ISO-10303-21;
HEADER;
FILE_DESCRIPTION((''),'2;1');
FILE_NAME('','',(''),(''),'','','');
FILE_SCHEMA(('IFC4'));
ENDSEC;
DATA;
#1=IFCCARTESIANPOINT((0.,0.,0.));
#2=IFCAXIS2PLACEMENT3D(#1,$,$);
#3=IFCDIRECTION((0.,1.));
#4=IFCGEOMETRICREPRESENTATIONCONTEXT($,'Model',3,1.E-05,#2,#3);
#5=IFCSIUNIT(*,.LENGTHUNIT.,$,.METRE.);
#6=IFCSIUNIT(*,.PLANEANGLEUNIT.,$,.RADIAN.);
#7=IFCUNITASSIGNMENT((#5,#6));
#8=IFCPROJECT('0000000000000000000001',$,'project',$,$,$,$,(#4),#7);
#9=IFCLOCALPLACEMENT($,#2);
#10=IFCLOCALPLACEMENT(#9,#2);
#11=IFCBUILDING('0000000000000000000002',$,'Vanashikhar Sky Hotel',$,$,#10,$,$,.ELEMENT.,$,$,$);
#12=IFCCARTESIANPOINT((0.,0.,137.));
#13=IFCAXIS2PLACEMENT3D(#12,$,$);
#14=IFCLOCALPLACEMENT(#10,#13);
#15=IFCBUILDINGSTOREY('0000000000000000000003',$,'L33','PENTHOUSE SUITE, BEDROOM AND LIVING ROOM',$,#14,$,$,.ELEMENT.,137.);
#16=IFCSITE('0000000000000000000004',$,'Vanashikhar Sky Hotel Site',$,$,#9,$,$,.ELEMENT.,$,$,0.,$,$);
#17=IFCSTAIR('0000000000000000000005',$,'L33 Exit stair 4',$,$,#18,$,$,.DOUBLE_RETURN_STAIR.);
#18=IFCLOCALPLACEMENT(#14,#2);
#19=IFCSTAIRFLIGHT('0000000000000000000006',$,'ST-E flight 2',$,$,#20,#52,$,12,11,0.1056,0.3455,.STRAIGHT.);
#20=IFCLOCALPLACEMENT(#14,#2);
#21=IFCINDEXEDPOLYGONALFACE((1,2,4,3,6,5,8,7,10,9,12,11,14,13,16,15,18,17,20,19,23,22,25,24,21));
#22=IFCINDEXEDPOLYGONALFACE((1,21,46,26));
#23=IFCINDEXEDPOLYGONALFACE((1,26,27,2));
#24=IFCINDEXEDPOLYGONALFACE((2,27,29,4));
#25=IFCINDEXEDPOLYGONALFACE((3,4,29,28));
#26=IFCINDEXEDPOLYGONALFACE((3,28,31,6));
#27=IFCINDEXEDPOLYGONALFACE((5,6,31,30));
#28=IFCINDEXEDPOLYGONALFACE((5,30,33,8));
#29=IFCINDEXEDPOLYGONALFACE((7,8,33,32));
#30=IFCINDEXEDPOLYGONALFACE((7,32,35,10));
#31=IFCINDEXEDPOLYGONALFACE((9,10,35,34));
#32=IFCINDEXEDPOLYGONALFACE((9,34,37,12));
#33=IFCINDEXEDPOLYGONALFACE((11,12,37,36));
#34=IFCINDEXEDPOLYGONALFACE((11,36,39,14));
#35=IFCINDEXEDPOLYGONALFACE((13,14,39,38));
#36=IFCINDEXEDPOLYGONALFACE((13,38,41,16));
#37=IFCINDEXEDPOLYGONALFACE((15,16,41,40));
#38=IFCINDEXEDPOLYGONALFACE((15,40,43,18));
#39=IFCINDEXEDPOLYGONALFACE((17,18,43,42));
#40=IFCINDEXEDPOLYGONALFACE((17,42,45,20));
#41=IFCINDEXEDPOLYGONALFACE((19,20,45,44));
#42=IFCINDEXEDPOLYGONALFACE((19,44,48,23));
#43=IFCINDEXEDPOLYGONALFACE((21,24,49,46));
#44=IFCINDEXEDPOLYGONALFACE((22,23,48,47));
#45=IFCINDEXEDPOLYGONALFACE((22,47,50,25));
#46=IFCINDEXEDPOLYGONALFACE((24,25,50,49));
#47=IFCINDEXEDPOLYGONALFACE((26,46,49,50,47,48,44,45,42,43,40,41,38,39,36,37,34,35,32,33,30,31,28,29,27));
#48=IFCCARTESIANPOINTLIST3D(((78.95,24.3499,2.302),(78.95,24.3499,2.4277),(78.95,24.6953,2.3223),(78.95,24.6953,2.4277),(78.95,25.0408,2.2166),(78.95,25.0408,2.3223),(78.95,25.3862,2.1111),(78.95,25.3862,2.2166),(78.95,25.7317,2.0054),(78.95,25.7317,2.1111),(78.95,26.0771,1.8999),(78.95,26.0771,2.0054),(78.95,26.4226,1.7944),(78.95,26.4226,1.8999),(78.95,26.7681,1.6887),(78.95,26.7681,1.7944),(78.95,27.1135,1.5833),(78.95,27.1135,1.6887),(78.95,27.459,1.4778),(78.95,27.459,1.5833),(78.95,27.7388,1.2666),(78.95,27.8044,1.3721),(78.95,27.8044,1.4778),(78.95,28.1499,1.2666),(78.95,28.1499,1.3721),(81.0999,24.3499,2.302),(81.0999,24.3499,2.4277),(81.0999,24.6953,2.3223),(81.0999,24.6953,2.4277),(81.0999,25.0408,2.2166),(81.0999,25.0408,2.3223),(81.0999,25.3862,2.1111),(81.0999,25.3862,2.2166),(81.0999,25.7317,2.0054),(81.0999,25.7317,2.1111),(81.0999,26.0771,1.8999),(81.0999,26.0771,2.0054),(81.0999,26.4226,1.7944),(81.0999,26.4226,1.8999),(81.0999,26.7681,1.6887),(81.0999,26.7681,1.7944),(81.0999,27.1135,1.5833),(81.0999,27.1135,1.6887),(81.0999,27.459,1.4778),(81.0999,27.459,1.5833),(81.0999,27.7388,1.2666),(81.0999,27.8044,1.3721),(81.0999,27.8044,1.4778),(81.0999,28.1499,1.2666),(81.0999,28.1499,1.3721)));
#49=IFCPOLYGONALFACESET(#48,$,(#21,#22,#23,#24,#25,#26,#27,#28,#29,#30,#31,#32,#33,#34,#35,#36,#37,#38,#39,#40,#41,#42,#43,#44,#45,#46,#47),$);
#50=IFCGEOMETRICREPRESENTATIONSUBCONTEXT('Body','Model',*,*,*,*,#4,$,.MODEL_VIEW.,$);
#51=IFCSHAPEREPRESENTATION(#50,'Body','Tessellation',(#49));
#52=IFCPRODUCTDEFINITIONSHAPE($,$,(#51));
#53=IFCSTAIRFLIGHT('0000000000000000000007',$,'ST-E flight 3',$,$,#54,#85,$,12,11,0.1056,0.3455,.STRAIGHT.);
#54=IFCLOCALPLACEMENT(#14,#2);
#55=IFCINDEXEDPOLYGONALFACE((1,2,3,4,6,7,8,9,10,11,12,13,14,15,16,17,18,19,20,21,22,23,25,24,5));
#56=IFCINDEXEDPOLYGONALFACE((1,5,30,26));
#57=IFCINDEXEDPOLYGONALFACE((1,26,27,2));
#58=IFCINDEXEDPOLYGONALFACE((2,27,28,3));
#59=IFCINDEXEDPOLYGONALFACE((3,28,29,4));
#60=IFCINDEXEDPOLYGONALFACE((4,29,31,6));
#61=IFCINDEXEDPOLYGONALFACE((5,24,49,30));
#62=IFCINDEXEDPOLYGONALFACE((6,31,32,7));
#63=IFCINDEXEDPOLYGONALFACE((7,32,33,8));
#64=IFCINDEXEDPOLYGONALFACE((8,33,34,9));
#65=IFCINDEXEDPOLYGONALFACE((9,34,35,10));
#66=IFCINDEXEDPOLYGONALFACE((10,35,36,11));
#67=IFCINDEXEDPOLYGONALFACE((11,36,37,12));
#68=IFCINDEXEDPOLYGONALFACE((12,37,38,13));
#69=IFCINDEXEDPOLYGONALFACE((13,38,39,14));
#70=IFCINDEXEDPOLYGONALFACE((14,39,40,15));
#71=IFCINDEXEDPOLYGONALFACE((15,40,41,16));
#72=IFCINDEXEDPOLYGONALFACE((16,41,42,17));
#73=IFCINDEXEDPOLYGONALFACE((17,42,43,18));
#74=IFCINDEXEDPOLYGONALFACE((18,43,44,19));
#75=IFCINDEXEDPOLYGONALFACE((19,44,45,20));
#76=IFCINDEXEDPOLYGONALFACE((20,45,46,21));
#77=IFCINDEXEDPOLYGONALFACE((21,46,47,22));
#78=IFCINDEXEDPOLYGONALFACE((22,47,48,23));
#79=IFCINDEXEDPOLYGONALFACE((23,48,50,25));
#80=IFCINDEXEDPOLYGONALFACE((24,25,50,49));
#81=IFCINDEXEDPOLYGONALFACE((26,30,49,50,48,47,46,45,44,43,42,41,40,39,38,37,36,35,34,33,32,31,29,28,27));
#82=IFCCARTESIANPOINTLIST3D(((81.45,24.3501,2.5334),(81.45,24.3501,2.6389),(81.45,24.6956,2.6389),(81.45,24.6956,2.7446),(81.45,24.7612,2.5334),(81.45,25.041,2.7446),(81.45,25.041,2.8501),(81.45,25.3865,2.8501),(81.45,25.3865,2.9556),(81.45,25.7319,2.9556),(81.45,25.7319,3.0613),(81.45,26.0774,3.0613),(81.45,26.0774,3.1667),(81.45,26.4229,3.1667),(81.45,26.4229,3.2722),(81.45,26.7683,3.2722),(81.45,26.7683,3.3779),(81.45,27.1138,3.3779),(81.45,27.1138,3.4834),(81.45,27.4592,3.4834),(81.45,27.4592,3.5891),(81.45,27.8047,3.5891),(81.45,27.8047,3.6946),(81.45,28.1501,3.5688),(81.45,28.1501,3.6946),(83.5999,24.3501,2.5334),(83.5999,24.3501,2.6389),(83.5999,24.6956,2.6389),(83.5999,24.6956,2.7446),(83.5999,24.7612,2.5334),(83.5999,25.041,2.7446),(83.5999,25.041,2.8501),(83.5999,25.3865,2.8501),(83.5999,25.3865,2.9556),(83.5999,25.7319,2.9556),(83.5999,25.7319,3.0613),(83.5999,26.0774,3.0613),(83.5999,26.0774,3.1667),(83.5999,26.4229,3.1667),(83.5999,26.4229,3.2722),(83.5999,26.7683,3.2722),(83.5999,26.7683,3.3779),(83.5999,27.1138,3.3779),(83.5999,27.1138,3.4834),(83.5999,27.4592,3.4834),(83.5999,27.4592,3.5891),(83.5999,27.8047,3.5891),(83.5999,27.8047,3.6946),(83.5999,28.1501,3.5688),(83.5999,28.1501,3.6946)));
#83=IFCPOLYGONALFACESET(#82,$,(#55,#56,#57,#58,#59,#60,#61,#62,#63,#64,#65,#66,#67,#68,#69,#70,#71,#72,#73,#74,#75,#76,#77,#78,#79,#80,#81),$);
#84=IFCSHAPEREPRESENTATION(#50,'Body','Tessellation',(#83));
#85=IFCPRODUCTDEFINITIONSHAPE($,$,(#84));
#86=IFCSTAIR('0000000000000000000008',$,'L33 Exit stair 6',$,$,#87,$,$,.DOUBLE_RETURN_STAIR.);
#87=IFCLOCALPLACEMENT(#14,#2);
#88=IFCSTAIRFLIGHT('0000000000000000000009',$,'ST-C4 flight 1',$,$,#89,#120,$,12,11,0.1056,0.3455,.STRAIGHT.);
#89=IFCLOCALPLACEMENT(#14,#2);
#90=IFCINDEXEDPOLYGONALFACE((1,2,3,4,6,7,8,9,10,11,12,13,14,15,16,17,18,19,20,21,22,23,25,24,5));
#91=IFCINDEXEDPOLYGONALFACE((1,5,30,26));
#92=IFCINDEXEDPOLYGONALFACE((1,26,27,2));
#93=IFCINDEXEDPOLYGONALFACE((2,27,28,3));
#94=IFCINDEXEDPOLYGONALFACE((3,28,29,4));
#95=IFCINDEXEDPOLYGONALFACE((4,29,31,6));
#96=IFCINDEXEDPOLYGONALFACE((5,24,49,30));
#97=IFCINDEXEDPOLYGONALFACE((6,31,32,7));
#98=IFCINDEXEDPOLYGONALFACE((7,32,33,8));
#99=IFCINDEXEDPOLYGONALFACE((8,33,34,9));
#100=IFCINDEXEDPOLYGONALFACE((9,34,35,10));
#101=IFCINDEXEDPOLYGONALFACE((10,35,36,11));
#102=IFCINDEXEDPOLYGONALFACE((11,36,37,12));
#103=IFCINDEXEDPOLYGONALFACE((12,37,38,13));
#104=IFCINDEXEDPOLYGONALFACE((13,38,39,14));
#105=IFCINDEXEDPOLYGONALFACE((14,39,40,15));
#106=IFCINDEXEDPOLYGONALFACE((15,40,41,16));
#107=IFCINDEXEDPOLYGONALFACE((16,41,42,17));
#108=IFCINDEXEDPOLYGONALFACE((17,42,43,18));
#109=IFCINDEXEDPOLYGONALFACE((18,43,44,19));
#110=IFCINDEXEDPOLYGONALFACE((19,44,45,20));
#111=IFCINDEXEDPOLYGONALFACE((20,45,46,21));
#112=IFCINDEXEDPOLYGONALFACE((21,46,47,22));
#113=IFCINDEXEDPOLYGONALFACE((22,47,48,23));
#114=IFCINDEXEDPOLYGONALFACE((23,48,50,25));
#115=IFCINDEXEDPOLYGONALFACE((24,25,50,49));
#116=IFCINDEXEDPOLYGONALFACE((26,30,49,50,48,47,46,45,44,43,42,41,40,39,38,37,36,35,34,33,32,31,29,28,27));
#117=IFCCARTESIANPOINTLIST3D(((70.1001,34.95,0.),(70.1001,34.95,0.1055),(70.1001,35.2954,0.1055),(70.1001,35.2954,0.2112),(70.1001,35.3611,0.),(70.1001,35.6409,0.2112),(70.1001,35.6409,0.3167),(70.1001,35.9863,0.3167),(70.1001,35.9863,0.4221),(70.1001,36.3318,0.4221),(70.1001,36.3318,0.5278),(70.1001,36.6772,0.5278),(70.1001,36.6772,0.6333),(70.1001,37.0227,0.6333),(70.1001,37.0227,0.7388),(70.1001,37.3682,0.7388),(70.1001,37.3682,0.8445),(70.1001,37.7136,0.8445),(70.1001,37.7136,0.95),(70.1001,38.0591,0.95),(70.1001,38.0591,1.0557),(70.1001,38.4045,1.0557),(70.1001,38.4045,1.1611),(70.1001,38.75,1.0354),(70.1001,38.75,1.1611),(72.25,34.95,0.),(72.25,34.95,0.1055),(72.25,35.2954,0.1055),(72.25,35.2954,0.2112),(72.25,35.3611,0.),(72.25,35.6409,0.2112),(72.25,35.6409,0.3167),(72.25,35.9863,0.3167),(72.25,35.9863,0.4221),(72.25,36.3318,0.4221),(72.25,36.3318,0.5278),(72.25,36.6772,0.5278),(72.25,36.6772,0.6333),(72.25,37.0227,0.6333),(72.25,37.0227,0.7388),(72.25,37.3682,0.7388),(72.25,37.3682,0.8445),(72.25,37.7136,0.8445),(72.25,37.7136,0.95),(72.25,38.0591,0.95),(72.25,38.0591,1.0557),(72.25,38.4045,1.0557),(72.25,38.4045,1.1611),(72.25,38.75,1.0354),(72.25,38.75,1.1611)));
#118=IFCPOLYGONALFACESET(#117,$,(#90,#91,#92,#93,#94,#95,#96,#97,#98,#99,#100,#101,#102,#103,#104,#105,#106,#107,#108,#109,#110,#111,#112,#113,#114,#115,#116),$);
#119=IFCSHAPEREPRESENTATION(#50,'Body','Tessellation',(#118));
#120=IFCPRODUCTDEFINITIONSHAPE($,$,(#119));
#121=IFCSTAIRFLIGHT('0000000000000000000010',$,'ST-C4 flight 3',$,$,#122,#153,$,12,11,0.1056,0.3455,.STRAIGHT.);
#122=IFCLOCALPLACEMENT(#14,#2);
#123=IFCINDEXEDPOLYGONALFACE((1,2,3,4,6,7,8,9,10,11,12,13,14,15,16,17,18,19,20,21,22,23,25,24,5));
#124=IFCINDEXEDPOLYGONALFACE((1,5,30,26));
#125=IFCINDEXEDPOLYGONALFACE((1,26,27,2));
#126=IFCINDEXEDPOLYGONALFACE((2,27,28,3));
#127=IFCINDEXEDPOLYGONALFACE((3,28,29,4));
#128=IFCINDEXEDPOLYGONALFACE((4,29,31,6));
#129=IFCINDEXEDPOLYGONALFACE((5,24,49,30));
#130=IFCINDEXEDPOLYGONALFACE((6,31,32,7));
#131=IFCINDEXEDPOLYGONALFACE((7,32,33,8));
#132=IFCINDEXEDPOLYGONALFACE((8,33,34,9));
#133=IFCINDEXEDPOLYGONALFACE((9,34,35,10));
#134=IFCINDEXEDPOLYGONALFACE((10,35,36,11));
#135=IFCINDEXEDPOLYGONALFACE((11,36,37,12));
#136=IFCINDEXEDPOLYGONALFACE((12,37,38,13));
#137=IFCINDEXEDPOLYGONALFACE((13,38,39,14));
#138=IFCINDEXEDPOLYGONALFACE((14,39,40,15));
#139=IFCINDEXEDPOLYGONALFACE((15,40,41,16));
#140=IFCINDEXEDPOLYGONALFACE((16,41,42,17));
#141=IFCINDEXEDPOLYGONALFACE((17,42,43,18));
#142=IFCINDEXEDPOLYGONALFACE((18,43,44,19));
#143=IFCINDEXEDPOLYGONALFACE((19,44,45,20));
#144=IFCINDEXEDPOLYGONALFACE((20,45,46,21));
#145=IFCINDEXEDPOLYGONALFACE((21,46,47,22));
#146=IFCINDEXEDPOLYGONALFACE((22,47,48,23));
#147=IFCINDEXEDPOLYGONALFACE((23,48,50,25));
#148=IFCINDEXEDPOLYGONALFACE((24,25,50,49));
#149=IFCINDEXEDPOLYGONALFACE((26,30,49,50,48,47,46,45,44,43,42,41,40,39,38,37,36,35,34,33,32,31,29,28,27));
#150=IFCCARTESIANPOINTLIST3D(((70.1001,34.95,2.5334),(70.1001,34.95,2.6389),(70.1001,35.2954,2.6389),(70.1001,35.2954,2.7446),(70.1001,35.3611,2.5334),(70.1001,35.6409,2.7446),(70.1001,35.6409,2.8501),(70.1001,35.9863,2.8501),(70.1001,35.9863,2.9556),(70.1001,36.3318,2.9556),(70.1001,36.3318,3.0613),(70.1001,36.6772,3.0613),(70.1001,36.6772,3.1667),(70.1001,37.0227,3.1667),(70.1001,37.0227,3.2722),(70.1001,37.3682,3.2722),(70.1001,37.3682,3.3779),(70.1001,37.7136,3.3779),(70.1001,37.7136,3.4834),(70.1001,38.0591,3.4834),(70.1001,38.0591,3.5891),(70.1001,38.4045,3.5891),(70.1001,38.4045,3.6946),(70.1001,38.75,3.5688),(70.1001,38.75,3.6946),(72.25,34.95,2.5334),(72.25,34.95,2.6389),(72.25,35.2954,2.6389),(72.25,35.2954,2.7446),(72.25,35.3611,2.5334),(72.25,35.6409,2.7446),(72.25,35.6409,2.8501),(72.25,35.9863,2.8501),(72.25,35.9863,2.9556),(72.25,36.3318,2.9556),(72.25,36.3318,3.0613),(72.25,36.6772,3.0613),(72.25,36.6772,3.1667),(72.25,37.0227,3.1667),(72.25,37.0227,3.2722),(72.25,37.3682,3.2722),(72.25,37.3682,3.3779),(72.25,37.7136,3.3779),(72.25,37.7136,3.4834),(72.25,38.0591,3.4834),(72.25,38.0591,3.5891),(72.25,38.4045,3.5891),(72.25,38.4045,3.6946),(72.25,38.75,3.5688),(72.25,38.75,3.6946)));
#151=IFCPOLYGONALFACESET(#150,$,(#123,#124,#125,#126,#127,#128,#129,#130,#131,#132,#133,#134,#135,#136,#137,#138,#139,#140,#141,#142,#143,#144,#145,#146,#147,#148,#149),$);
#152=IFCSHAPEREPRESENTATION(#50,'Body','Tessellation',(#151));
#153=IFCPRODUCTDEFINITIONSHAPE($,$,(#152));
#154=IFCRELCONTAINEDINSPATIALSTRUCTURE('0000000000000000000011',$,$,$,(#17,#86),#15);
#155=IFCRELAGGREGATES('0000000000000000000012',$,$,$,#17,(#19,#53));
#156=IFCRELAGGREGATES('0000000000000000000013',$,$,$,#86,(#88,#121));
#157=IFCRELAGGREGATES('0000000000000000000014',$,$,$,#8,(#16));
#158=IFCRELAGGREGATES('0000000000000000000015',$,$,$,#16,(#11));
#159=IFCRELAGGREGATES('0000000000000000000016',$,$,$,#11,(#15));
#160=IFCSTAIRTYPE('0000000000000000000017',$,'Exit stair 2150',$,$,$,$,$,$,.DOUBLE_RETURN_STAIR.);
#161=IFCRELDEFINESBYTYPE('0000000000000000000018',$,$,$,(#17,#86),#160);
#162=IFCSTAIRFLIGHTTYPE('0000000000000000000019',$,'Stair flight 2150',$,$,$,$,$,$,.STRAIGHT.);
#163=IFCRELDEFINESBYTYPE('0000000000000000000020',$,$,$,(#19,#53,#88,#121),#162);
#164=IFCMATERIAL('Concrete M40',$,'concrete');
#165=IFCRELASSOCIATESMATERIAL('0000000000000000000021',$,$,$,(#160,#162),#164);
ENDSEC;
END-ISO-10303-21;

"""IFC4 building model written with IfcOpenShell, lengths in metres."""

from ifc_helpers import new_model, si_unit, direction, frame, origin, place, context, subcontext, project, spatial, polyline, outline, extrude, source, transform, mapped, material, type_object, element, aggregate, save


model = new_model("IFC4")

# Units and contexts
model_context = context("Model", 3, precision=1e-05, world=origin(), true_north=direction((0.0, 1.0)))
body_context = subcontext(model_context, "Body", "Model", "MODEL_VIEW")
ifc_project = project(units=[si_unit("LENGTHUNIT", "METRE"), si_unit("PLANEANGLEUNIT", "RADIAN")], contexts=[model_context])

# Site, building, storey
site_placement = place(None, origin())
site = spatial("IfcSite", under=ifc_project, at=site_placement, Name="Vanashikhar Sky Hotel Site", CompositionType="ELEMENT", RefElevation=0.0)
building_placement = place(site_placement, origin())
building = spatial("IfcBuilding", under=site, at=building_placement, Name="Vanashikhar Sky Hotel", CompositionType="ELEMENT")
storey_placement = place(building_placement, frame((0.0, 0.0, 137.0)))
storey = spatial("IfcBuildingStorey", under=building, at=storey_placement, Name="L33", Description="PENTHOUSE SUITE, BEDROOM AND LIVING ROOM", CompositionType="ELEMENT", Elevation=137.0)

# Shared definitions
ifc_material_1 = material(Name="Concrete M40", Category="concrete")

# Stairs, stair flights
stair_type = type_object("IfcStairType", Name="Exit stair 2150", PredefinedType="DOUBLE_RETURN_STAIR", material=ifc_material_1)
stair_flight_type = type_object("IfcStairFlightType", Name="Stair flight 2150", PredefinedType="STRAIGHT", material=ifc_material_1)
shared_shape_1 = source(origin(), body_context, "Body", "SweptSolid", [
    extrude(outline(polyline([(0.0, 0.0), (0.0, 0.1055), (0.3455, 0.1055), (0.3455, 0.2112), (0.6909, 0.2112), (0.6909, 0.3167), (1.0364, 0.3167), (1.0364, 0.4221), (1.3818, 0.4221), (1.3818, 0.5278), (1.7273, 0.5278), (1.7273, 0.6333), (2.0728, 0.6333), (2.0728, 0.7388), (2.4182, 0.7388), (2.4182, 0.8445), (2.7637, 0.8445), (2.7637, 0.95), (3.1091, 0.95), (3.1091, 1.0557), (3.4546, 1.0557), (3.4546, 1.1611), (3.8, 1.1611), (3.8, 1.2666), (3.8, 1.0354), (0.4111, 0.0), (0.0, 0.0)])), frame((0.0, 1.075, 0.0), z_axis=(0.0, -1.0, 0.0), x_axis=(1.0, 0.0, 0.0)), (0.0, 0.0, 1.0), 2.1499),
])
stair_1_placement = place(storey_placement, origin())
stair_1 = element("IfcStair", 1, at=stair_1_placement, inside=storey, type_object=stair_type, Name="L33 Exit stair 4", PredefinedType="DOUBLE_RETURN_STAIR")
stair_flight_1_placement = place(storey_placement, frame((80.0249, 28.1499, 1.2666), z_axis=(0.0, 0.0, 1.0), x_axis=(0.0, -1.0, 0.0)))
stair_flight_1 = element("IfcStairFlight", 2, at=stair_flight_1_placement, type_object=stair_flight_type, Name="ST-E flight 2", NumberOfRisers=12, NumberOfTreads=11, PredefinedType="STRAIGHT", RiserHeight=0.1056, TreadLength=0.3455, context=body_context, shape_type="MappedRepresentation", body=[
    mapped(shared_shape_1, transform((0.0, 0.0, 0.0), scale=1.0)),
])
stair_flight_2_placement = place(storey_placement, frame((82.5249, 24.3501, 2.5334), z_axis=(0.0, 0.0, 1.0), x_axis=(0.0, 1.0, 0.0)))
stair_flight_2 = element("IfcStairFlight", 3, at=stair_flight_2_placement, type_object=stair_flight_type, Name="ST-E flight 3", NumberOfRisers=12, NumberOfTreads=11, PredefinedType="STRAIGHT", RiserHeight=0.1056, TreadLength=0.3455, context=body_context, shape_type="MappedRepresentation", body=[
    mapped(shared_shape_1, transform((0.0, 0.0, 0.0), scale=1.0)),
])
aggregate(stair_1, [stair_flight_1, stair_flight_2])
stair_2_placement = place(storey_placement, origin())
stair_2 = element("IfcStair", 4, at=stair_2_placement, inside=storey, type_object=stair_type, Name="L33 Exit stair 6", PredefinedType="DOUBLE_RETURN_STAIR")
stair_flight_3_placement = place(storey_placement, frame((71.175, 34.95, 0.0), z_axis=(0.0, 0.0, 1.0), x_axis=(0.0, 1.0, 0.0)))
stair_flight_3 = element("IfcStairFlight", 5, at=stair_flight_3_placement, type_object=stair_flight_type, Name="ST-C4 flight 1", NumberOfRisers=12, NumberOfTreads=11, PredefinedType="STRAIGHT", RiserHeight=0.1056, TreadLength=0.3455, context=body_context, shape_type="MappedRepresentation", body=[
    mapped(shared_shape_1, transform((0.0, 0.0, 0.0), scale=1.0)),
])
stair_flight_4_placement = place(storey_placement, frame((71.175, 34.95, 2.5334), z_axis=(0.0, 0.0, 1.0), x_axis=(0.0, 1.0, 0.0)))
stair_flight_4 = element("IfcStairFlight", 6, at=stair_flight_4_placement, type_object=stair_flight_type, Name="ST-C4 flight 3", NumberOfRisers=12, NumberOfTreads=11, PredefinedType="STRAIGHT", RiserHeight=0.1056, TreadLength=0.3455, context=body_context, shape_type="MappedRepresentation", body=[
    mapped(shared_shape_1, transform((0.0, 0.0, 0.0), scale=1.0)),
])
aggregate(stair_2, [stair_flight_3, stair_flight_4])

save(model, "model.ifc")
